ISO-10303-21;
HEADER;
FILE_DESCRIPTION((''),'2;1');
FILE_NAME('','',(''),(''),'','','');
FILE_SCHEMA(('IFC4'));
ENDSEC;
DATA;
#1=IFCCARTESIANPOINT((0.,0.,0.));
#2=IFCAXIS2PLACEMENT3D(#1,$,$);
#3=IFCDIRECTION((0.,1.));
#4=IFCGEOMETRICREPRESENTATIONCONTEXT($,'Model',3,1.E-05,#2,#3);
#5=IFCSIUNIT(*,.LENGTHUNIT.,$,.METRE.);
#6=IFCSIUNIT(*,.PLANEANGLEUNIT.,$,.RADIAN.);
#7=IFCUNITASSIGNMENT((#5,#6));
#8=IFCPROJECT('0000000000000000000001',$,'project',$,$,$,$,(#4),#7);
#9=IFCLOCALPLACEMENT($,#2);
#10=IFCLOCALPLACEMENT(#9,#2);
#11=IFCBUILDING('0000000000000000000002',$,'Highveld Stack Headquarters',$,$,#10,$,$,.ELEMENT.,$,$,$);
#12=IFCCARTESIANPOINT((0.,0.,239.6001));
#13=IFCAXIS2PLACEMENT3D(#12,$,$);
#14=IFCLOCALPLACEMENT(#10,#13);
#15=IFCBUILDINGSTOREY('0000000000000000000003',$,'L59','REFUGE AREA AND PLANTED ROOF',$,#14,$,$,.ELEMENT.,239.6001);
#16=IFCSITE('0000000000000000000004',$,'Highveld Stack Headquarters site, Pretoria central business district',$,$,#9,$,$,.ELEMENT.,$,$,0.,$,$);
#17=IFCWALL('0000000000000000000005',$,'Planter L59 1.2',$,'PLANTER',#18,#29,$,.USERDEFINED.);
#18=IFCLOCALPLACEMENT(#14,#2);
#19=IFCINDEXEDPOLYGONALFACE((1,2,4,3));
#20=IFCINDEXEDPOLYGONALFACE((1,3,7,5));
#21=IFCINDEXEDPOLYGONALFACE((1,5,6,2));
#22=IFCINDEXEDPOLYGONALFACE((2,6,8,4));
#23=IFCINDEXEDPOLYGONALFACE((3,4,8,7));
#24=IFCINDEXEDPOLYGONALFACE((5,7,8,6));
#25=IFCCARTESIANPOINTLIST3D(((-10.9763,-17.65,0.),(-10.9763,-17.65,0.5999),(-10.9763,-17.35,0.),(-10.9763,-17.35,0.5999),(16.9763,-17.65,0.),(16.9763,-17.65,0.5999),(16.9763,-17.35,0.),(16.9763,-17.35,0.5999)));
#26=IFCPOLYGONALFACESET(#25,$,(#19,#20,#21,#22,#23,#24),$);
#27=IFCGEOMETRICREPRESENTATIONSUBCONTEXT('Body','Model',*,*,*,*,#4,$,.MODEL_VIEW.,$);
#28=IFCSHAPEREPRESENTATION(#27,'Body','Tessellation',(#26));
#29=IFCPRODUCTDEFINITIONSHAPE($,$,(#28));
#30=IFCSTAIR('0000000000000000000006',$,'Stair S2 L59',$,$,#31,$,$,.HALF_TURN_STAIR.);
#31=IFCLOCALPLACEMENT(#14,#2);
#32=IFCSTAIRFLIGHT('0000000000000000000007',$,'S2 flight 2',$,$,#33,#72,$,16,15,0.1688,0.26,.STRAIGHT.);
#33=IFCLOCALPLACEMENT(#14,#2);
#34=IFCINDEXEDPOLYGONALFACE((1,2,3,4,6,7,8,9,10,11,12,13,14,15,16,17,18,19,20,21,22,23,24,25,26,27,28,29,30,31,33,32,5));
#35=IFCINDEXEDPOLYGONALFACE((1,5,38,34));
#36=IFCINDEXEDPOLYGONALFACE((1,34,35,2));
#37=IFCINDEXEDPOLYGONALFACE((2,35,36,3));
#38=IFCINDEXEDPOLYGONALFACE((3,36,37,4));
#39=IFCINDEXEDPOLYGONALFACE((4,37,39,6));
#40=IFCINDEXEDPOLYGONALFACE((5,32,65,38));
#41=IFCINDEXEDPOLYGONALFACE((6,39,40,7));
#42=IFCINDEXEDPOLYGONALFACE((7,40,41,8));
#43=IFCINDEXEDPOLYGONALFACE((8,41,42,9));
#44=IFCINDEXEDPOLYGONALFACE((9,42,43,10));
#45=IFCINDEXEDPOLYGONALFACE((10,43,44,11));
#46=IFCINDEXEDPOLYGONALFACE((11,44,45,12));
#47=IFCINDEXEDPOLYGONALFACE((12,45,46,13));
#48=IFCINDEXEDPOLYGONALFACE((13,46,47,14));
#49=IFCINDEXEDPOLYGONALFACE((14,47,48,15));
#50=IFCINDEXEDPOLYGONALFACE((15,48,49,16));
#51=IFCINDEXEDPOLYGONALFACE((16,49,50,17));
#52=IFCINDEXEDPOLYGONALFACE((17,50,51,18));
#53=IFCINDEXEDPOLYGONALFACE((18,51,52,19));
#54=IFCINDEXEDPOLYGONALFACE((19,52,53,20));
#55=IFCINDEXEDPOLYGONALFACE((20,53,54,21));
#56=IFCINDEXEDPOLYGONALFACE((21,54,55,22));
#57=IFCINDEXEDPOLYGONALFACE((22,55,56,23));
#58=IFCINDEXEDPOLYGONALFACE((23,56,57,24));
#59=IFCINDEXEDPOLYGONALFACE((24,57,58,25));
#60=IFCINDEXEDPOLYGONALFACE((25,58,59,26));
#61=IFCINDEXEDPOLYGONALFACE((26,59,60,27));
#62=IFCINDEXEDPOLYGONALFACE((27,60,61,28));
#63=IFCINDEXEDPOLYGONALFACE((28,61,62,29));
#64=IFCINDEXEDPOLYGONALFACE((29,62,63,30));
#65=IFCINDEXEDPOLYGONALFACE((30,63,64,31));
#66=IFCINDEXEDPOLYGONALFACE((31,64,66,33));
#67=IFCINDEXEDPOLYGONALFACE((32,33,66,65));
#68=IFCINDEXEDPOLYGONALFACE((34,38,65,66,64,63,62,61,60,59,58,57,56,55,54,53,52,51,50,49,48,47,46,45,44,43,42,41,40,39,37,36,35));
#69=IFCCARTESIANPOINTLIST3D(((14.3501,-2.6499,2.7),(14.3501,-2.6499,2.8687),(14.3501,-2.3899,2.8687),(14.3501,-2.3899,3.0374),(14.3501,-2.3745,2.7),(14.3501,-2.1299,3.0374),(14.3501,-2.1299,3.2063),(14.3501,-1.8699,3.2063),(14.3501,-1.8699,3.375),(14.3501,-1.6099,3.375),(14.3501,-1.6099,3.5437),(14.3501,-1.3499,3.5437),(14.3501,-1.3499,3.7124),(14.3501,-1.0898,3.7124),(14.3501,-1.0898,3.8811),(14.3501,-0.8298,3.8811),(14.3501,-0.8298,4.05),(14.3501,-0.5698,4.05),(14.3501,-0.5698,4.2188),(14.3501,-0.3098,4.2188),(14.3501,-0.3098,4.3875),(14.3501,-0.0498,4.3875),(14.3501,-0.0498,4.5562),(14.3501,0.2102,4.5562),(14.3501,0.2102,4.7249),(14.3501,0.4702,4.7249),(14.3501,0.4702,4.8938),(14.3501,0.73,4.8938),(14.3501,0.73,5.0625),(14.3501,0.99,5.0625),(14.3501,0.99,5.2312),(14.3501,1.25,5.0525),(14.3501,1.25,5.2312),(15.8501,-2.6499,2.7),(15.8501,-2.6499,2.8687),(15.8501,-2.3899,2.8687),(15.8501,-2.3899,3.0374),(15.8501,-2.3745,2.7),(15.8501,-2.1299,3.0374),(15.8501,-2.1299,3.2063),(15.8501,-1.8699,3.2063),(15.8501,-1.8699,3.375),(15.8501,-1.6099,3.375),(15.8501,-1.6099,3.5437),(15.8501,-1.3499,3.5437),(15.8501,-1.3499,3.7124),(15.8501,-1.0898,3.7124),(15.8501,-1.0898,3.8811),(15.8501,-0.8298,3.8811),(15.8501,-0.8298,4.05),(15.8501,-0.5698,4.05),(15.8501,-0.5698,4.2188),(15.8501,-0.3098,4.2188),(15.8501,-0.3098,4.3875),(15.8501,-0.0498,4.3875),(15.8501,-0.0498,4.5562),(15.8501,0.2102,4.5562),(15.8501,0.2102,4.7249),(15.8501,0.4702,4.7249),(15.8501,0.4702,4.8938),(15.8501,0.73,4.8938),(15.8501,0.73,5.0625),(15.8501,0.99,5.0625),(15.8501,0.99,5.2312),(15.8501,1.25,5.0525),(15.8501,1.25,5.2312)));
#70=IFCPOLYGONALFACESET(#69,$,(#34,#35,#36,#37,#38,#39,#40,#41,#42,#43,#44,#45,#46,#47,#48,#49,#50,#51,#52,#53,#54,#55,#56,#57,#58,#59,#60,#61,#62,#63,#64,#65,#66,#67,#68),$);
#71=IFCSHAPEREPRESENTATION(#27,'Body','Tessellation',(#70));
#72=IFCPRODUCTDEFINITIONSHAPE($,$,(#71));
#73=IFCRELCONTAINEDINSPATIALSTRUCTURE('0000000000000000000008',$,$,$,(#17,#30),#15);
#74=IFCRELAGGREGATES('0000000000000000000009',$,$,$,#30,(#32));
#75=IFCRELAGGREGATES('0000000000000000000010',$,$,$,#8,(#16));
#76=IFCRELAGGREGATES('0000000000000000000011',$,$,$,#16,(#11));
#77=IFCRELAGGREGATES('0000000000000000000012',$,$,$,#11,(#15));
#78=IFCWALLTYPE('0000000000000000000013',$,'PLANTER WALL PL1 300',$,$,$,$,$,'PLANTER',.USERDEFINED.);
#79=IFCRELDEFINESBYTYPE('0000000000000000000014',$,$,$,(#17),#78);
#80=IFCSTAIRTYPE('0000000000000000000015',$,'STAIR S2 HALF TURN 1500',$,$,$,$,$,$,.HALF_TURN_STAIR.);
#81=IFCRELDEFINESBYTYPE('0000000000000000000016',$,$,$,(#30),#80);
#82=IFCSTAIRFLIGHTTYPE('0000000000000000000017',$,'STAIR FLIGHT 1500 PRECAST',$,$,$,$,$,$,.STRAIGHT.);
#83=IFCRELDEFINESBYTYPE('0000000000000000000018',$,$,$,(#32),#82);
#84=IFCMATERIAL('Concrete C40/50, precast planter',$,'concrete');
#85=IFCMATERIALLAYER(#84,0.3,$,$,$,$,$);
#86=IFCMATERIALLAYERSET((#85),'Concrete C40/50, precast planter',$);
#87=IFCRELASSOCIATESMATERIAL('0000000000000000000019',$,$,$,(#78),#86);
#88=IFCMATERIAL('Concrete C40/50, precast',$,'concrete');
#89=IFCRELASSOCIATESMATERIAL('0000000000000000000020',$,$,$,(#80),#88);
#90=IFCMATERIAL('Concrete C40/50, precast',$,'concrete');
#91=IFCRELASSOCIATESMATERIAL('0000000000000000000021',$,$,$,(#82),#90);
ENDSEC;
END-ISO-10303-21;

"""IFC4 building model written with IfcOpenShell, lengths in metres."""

from ifc_helpers import new_model, si_unit, direction, frame, frame_2d, origin, place, context, subcontext, project, spatial, polyline, rectangle, outline, extrude, material, layer, layer_set, type_object, element, aggregate, save


model = new_model("IFC4")

# Units and contexts
model_context = context("Model", 3, precision=1e-05, world=origin(), true_north=direction((0.0, 1.0)))
body_context = subcontext(model_context, "Body", "Model", "MODEL_VIEW")
ifc_project = project(units=[si_unit("LENGTHUNIT", "METRE"), si_unit("PLANEANGLEUNIT", "RADIAN")], contexts=[model_context])

# Site, building, storey
site_placement = place(None, origin())
site = spatial("IfcSite", under=ifc_project, at=site_placement, Name="Highveld Stack Headquarters site, Pretoria central business district", CompositionType="ELEMENT", RefElevation=0.0)
building_placement = place(site_placement, origin())
building = spatial("IfcBuilding", under=site, at=building_placement, Name="Highveld Stack Headquarters", CompositionType="ELEMENT")
storey_placement = place(building_placement, frame((0.0, 0.0, 239.6001)))
storey = spatial("IfcBuildingStorey", under=building, at=storey_placement, Name="L59", Description="REFUGE AREA AND PLANTED ROOF", CompositionType="ELEMENT", Elevation=239.6001)

# Wall
ifc_material_1 = material(Name="Concrete C40/50, precast planter", Category="concrete")
ifc_layer_1 = layer(ifc_material_1, 0.3)
ifc_layer_set_1 = layer_set([ifc_layer_1], Name="Concrete C40/50, precast planter")
wall_type_1 = type_object("IfcWallType", Name="PLANTER WALL PL1 300", ElementType="PLANTER", PredefinedType="USERDEFINED", material=ifc_layer_set_1)
wall_1_placement = place(storey_placement, frame((16.9763, -17.5, 0.0), z_axis=(0.0, 0.0, 1.0), x_axis=(-1.0, 0.0, 0.0)))
element("IfcWall", 1, at=wall_1_placement, inside=storey, type_object=wall_type_1, Name="Planter L59 1.2", ObjectType="PLANTER", PredefinedType="USERDEFINED", context=body_context, shape_type="SweptSolid", body=[
    extrude(rectangle(XDim=27.9526, YDim=0.3, at=frame_2d((13.9763, 0.0))), origin(), (0.0, 0.0, 1.0), 0.5999),
])

# Stair, stair flight
ifc_material_2 = material(Name="Concrete C40/50, precast", Category="concrete")
stair_type = type_object("IfcStairType", Name="STAIR S2 HALF TURN 1500", PredefinedType="HALF_TURN_STAIR", material=ifc_material_2)
stair_placement = place(storey_placement, origin())
stair = element("IfcStair", 2, at=stair_placement, inside=storey, type_object=stair_type, Name="Stair S2 L59", PredefinedType="HALF_TURN_STAIR")
ifc_material_3 = material(Name="Concrete C40/50, precast", Category="concrete")
stair_flight_type = type_object("IfcStairFlightType", Name="STAIR FLIGHT 1500 PRECAST", PredefinedType="STRAIGHT", material=ifc_material_3)
stair_flight_placement = place(storey_placement, frame((15.1001, -2.6499, 2.7), z_axis=(0.0, 0.0, 1.0), x_axis=(0.0, 1.0, 0.0)))
stair_flight = element("IfcStairFlight", 3, at=stair_flight_placement, type_object=stair_flight_type, Name="S2 flight 2", NumberOfRisers=16, NumberOfTreads=15, PredefinedType="STRAIGHT", RiserHeight=0.1688, TreadLength=0.26, context=body_context, shape_type="SweptSolid", body=[
    extrude(outline(polyline([(0.0, 0.0), (0.0, 0.1687), (0.26, 0.1687), (0.26, 0.3374), (0.52, 0.3374), (0.52, 0.5063), (0.78, 0.5063), (0.78, 0.675), (1.04, 0.675), (1.04, 0.8438), (1.3, 0.8438), (1.3, 1.0125), (1.5601, 1.0125), (1.5601, 1.1812), (1.8201, 1.1812), (1.8201, 1.3501), (2.0801, 1.3501), (2.0801, 1.5188), (2.3401, 1.5188), (2.3401, 1.6875), (2.6001, 1.6875), (2.6001, 1.8562), (2.8601, 1.8562), (2.8601, 2.0249), (3.1201, 2.0249), (3.1201, 2.1938), (3.3799, 2.1938), (3.3799, 2.3625), (3.6399, 2.3625), (3.6399, 2.5312), (3.8999, 2.5312), (3.8999, 2.7), (3.8999, 2.3525), (0.2754, 0.0), (0.0, 0.0)])), frame((0.0, 0.75, 0.0), z_axis=(0.0, -1.0, 0.0), x_axis=(1.0, 0.0, 0.0)), (0.0, 0.0, 1.0), 1.5),
])
aggregate(stair, [stair_flight])

save(model, "model.ifc")
